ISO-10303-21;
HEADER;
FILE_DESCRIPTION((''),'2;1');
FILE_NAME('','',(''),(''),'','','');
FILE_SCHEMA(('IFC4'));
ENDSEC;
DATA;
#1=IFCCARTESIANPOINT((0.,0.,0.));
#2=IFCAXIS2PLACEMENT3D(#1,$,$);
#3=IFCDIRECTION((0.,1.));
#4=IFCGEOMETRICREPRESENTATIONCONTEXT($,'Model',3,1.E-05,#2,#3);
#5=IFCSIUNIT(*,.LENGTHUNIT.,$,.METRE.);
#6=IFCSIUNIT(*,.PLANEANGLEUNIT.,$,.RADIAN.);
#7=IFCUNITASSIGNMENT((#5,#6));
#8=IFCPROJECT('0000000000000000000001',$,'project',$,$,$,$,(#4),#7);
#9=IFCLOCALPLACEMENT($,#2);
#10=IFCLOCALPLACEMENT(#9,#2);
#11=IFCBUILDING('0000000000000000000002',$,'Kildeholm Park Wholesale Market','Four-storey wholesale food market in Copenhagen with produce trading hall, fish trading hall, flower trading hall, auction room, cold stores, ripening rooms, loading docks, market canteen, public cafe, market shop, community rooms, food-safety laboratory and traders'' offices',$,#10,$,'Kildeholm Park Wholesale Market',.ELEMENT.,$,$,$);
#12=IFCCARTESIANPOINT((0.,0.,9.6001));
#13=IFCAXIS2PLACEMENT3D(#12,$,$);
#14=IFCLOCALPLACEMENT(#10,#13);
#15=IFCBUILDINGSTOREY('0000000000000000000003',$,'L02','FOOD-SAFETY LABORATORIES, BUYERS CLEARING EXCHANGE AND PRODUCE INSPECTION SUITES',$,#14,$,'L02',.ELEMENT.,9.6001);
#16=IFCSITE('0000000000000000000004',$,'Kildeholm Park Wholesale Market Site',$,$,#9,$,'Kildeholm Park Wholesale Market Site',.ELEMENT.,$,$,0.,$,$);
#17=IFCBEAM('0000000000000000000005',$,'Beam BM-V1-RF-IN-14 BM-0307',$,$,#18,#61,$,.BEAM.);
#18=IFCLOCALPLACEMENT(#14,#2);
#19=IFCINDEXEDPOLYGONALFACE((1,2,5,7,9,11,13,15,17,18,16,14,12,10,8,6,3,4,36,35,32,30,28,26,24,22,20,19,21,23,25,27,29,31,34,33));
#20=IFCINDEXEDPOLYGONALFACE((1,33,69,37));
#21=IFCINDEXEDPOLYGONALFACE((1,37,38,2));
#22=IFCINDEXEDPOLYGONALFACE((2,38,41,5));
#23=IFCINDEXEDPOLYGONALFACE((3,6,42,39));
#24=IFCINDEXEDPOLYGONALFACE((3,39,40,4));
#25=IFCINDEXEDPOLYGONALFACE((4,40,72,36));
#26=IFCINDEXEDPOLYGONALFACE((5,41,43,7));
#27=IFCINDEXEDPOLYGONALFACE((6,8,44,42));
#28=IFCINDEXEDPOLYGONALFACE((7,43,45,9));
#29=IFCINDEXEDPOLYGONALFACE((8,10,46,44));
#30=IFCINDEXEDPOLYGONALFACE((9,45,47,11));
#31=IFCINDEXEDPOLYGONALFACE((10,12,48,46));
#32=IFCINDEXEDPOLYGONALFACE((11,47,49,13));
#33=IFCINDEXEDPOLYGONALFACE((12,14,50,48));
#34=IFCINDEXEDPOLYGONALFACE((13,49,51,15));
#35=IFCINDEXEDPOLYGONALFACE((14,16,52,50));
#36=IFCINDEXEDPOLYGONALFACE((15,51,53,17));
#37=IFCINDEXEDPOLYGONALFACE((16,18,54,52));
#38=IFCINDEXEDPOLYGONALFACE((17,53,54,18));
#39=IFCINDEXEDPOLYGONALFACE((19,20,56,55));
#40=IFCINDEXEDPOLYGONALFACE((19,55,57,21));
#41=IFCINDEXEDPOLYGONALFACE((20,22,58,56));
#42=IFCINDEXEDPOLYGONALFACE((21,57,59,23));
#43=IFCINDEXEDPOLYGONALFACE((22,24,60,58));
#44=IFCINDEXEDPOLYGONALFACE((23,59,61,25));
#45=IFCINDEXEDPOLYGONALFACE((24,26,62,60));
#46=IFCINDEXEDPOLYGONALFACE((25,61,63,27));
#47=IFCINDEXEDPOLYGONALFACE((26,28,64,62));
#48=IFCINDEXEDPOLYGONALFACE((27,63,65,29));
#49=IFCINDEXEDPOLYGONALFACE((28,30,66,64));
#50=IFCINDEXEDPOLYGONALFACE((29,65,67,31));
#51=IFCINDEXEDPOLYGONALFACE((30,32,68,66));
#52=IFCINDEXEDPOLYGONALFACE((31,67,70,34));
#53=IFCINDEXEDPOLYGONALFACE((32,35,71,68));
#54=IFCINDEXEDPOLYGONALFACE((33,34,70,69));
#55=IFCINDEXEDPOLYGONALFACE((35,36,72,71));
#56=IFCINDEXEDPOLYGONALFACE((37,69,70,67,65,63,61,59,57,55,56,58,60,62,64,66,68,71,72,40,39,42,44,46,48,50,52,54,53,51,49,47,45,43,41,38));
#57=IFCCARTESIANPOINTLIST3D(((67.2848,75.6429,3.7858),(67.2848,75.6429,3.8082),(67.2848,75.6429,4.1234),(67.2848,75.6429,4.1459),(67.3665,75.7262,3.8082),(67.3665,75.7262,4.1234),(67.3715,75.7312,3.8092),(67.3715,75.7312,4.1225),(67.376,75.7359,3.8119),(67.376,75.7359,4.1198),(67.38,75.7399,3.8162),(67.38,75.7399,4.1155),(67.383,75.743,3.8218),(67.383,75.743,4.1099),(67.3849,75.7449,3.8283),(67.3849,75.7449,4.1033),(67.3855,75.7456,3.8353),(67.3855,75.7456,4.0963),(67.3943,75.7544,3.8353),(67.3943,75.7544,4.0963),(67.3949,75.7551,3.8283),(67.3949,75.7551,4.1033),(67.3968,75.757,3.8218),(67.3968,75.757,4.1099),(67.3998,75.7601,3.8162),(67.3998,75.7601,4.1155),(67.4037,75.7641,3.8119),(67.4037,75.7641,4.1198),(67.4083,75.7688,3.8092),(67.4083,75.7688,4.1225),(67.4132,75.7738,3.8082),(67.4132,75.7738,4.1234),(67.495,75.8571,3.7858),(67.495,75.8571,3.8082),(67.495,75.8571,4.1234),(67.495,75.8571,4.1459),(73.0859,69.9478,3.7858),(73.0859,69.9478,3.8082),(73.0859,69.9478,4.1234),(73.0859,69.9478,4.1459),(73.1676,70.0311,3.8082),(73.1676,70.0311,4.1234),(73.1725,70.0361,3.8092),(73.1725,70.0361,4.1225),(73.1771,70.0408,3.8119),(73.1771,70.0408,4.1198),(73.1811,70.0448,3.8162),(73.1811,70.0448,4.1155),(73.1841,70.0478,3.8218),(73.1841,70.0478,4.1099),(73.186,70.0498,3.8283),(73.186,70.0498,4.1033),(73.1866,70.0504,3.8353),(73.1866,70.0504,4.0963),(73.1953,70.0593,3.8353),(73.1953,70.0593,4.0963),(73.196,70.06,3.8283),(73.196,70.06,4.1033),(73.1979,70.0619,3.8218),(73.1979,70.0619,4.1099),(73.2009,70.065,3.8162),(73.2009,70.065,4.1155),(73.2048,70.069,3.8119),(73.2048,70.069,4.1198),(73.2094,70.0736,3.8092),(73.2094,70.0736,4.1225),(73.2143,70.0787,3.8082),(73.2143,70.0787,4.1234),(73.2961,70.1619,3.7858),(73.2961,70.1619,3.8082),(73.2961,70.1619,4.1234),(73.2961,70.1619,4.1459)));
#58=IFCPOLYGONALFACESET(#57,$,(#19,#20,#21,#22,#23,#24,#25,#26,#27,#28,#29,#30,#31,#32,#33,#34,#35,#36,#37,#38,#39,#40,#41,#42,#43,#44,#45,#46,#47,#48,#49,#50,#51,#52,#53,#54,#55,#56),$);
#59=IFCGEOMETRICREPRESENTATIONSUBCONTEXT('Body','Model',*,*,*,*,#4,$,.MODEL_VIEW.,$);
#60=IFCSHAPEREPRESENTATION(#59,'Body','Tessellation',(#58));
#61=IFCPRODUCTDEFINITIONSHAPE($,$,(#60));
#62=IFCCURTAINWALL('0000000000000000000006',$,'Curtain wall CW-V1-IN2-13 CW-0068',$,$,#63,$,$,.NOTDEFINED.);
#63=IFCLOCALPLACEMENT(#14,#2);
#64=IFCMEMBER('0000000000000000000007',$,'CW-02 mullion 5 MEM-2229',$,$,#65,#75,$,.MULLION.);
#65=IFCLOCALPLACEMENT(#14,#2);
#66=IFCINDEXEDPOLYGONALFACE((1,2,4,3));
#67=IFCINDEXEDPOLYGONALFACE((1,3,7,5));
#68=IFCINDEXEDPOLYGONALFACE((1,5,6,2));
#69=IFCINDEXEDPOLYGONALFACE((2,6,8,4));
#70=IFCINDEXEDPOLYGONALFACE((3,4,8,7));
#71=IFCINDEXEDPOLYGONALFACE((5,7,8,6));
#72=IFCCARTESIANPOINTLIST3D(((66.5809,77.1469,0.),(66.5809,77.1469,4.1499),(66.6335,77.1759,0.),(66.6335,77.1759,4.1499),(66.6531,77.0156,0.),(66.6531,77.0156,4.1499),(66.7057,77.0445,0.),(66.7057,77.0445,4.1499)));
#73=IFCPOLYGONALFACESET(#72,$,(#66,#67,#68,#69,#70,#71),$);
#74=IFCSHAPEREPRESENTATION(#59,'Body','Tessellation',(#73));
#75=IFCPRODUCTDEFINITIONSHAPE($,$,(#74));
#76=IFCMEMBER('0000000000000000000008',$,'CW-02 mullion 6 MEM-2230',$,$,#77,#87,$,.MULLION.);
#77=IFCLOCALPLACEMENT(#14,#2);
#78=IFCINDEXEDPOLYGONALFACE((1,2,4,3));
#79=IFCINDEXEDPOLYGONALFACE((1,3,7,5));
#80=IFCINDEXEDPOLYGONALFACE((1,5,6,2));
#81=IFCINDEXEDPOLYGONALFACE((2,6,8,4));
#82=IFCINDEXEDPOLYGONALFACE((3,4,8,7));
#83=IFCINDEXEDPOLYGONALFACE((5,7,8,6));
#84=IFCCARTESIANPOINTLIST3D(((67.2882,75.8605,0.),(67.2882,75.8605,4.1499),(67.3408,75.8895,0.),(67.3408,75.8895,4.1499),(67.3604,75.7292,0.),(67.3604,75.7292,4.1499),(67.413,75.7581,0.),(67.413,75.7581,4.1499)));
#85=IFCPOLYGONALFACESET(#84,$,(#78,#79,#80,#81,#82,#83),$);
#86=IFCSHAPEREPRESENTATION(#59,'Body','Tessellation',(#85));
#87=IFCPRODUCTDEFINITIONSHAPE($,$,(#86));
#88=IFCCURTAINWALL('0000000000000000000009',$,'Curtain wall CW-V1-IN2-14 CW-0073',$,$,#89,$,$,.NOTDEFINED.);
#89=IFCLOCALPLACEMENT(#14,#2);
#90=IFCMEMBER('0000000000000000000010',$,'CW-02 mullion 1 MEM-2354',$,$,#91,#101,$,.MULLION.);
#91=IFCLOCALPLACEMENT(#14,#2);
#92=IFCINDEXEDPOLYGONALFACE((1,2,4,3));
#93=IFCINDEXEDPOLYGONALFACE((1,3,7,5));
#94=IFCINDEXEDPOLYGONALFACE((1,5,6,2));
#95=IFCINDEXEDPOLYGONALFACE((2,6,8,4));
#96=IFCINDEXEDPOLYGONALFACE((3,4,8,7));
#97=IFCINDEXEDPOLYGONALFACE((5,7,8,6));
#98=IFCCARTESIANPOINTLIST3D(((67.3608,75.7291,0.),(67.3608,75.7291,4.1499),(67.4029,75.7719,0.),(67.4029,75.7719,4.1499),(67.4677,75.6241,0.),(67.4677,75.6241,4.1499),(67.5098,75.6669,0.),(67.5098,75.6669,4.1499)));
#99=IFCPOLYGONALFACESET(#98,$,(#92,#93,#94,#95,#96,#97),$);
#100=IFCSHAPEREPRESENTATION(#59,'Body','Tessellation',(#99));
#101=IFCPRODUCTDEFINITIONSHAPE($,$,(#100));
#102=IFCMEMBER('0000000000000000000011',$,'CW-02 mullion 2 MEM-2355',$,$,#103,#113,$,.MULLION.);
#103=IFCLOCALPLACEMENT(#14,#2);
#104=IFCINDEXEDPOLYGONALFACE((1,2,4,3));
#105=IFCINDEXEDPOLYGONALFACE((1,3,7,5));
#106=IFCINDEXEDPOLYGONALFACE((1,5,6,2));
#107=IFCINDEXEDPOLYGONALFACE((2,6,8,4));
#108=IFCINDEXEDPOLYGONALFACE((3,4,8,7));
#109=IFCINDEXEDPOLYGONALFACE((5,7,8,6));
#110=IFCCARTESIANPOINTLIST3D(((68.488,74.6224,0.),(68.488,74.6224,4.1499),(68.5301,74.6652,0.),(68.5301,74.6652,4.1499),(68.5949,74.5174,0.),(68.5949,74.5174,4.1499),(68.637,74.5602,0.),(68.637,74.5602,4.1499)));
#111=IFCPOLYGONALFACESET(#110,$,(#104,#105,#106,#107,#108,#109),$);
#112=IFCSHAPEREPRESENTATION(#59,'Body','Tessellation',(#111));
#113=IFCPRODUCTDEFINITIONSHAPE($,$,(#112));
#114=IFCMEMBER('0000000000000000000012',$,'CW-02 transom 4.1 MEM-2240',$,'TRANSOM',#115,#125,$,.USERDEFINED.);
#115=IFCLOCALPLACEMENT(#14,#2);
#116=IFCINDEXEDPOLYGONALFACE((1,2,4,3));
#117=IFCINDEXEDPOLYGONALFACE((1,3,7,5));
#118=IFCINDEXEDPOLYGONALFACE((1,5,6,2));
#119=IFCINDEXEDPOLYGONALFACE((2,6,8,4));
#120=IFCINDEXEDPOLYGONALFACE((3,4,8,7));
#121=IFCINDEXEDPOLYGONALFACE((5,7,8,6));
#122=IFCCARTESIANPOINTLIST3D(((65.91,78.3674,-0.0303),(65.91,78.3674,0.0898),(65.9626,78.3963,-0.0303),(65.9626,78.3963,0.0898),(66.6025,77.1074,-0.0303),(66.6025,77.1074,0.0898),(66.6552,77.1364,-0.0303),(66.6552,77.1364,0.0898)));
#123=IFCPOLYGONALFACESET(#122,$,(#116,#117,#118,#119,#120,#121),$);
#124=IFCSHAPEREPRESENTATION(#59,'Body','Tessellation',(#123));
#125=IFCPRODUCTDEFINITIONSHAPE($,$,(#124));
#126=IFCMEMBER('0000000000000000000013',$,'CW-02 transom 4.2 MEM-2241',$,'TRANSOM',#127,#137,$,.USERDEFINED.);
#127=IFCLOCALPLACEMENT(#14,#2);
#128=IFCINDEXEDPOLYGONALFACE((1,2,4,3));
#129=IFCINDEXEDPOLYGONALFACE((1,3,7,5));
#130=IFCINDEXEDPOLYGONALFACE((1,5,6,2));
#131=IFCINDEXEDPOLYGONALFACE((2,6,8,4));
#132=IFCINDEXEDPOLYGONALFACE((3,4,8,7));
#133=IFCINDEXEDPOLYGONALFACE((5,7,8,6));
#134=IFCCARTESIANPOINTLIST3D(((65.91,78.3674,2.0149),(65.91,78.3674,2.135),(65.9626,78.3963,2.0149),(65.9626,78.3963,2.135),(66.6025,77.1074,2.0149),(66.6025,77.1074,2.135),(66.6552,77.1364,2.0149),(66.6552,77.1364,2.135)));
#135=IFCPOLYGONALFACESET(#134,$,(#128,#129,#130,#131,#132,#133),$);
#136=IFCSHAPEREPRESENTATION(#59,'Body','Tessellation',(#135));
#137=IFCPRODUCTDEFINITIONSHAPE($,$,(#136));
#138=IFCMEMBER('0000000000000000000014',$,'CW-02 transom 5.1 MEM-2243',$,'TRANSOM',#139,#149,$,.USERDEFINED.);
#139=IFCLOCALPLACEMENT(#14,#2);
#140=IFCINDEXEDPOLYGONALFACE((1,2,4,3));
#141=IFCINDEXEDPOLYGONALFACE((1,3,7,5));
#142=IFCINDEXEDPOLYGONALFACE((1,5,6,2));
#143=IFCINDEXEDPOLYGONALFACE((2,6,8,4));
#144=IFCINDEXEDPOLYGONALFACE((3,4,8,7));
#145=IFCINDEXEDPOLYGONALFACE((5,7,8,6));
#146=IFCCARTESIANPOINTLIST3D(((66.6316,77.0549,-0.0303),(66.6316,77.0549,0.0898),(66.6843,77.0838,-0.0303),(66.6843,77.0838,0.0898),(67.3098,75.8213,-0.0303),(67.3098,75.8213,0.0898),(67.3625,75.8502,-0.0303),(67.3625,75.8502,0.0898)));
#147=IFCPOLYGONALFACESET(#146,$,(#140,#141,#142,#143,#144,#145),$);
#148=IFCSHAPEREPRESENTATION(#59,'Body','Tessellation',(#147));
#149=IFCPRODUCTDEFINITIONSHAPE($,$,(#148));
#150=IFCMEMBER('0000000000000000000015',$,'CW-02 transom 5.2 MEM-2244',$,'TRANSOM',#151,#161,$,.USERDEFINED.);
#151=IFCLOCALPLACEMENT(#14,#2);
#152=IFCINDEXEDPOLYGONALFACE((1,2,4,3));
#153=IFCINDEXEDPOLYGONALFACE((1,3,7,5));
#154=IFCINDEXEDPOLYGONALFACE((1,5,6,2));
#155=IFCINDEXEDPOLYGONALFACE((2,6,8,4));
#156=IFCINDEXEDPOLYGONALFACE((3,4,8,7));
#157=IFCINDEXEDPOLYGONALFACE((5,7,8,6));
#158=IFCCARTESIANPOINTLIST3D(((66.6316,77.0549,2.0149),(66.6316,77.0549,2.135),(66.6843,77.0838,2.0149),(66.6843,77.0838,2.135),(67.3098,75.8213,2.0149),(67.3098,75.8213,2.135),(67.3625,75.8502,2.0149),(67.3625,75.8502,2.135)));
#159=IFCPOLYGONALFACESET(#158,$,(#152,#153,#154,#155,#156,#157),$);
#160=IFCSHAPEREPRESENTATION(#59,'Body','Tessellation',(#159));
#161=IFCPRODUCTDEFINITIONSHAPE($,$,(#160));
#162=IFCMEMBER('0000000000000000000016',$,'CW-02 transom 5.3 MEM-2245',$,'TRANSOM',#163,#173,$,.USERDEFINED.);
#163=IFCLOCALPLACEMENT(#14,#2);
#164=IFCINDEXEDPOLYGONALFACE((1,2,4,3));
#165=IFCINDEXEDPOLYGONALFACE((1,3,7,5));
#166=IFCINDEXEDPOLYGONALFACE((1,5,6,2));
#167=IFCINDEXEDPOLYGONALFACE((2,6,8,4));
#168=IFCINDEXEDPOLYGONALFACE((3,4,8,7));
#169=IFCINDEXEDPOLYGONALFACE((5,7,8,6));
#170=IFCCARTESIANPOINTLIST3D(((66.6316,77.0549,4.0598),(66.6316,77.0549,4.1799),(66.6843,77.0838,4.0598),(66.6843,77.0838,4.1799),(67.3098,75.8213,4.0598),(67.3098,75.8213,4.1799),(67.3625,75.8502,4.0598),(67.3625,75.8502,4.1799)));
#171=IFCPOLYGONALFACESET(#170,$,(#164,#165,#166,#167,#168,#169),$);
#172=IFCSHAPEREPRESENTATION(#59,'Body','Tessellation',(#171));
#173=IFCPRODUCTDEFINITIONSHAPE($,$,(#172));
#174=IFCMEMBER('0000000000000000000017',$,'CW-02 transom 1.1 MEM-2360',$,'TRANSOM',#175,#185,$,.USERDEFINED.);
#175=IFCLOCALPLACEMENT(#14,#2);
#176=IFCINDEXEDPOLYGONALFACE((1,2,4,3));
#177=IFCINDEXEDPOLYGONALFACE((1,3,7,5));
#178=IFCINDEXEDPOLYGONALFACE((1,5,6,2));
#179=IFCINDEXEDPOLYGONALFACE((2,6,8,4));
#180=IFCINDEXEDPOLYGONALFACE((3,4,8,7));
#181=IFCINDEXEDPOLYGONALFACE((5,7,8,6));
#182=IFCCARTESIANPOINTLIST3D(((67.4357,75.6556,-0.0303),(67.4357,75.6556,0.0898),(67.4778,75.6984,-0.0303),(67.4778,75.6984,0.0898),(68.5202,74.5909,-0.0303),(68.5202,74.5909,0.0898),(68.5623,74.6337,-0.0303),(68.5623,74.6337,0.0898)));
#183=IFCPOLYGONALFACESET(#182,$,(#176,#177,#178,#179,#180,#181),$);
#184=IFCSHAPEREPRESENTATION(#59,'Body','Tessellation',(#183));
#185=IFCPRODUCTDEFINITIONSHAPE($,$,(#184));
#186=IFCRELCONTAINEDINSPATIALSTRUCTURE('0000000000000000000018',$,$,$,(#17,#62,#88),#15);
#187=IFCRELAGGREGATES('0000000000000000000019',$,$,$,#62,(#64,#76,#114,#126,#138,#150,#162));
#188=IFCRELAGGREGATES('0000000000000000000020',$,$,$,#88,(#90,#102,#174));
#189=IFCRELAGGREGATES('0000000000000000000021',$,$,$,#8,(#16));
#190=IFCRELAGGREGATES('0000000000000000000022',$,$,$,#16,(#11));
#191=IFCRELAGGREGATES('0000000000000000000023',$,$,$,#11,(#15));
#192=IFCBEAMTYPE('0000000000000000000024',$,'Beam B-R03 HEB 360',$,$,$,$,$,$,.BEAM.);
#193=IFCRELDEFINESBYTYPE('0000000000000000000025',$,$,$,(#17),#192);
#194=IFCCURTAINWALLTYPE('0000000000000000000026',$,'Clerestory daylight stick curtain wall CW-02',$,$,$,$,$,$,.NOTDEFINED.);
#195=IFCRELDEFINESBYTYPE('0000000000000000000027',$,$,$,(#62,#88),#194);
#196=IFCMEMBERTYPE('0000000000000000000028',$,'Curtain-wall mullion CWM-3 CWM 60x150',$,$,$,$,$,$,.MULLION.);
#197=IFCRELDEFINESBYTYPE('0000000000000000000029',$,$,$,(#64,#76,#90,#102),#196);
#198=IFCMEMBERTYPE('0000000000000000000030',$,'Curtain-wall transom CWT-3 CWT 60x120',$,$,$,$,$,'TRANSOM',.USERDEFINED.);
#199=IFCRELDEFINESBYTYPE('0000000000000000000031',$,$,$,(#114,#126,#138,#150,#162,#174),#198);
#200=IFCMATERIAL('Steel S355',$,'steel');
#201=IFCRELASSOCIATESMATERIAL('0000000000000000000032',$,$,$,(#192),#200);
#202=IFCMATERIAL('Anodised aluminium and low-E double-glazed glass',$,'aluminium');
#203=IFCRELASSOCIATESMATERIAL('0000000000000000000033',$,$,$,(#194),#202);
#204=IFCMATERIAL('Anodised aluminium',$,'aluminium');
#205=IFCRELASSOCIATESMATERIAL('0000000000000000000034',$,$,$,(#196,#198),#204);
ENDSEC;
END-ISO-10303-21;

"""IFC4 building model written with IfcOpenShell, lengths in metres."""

from ifc_helpers import new_model, si_unit, direction, frame, origin, origin_2d, place, context, subcontext, project, spatial, rectangle, i_section, extrude, material, material_profile, profile_set, type_object, element, aggregate, save


model = new_model("IFC4")

# Units and contexts
model_context = context("Model", 3, precision=1e-05, world=origin(), true_north=direction((0.0, 1.0)))
body_context = subcontext(model_context, "Body", "Model", "MODEL_VIEW")
ifc_project = project(units=[si_unit("LENGTHUNIT", "METRE"), si_unit("PLANEANGLEUNIT", "RADIAN")], contexts=[model_context])

# Site, building, storey
site_placement = place(None, origin())
site = spatial("IfcSite", under=ifc_project, at=site_placement, Name="Kildeholm Park Wholesale Market Site", LongName="Kildeholm Park Wholesale Market Site", CompositionType="ELEMENT", RefElevation=0.0)
building_placement = place(site_placement, origin())
building = spatial("IfcBuilding", under=site, at=building_placement, Name="Kildeholm Park Wholesale Market", Description="Four-storey wholesale food market in Copenhagen with produce trading hall, fish trading hall, flower trading hall, auction room, cold stores, ripening rooms, loading docks, market canteen, public cafe, market shop, community rooms, food-safety laboratory and traders' offices", LongName="Kildeholm Park Wholesale Market", CompositionType="ELEMENT")
storey_placement = place(building_placement, frame((0.0, 0.0, 9.6001)))
storey = spatial("IfcBuildingStorey", under=building, at=storey_placement, Name="L02", Description="FOOD-SAFETY LABORATORIES, BUYERS CLEARING EXCHANGE AND PRODUCE INSPECTION SUITES", LongName="L02", CompositionType="ELEMENT", Elevation=9.6001)

# Shared definitions
ifc_material_1 = material(Name="Steel S355", Category="steel")

# Beam
ifc_material_profile_1 = material_profile(ifc_material_1, i_section(OverallWidth=0.3, OverallDepth=0.3601, WebThickness=0.0125, FlangeThickness=0.0225, FilletRadius=0.0271, at=origin_2d()), Name="HEB 360")
ifc_profile_set_1 = profile_set([ifc_material_profile_1], Name="Steel S355")
beam_type_1 = type_object("IfcBeamType", Name="Beam B-R03 HEB 360", PredefinedType="BEAM", material=ifc_profile_set_1)
beam_1_placement = place(storey_placement, frame((67.3899, 75.75, 3.9658), z_axis=(0.713594, -0.70056, 0.0), x_axis=(0.70056, 0.713594, 0.0)))
element("IfcBeam", 1, at=beam_1_placement, inside=storey, type_object=beam_type_1, Name="Beam BM-V1-RF-IN-14 BM-0307", PredefinedType="BEAM", context=body_context, shape_type="SweptSolid", body=[
    extrude(i_section(OverallWidth=0.3, OverallDepth=0.3601, WebThickness=0.0125, FlangeThickness=0.0225, FilletRadius=0.0271, at=origin_2d()), origin(), (0.0, 0.0, 1.0), 8.1294),
])

# Curtain walls, members
ifc_material_2 = material(Name="Anodised aluminium and low-E double-glazed glass", Category="aluminium")
curtain_wall_type = type_object("IfcCurtainWallType", Name="Clerestory daylight stick curtain wall CW-02", PredefinedType="NOTDEFINED", material=ifc_material_2)
curtain_wall_1_placement = place(storey_placement, origin())
curtain_wall_1 = element("IfcCurtainWall", 2, at=curtain_wall_1_placement, inside=storey, type_object=curtain_wall_type, Name="Curtain wall CW-V1-IN2-13 CW-0068", PredefinedType="NOTDEFINED")
ifc_material_3 = material(Name="Anodised aluminium", Category="aluminium")
ifc_material_profile_2 = material_profile(ifc_material_3, rectangle(XDim=0.0601, YDim=0.1499, at=origin_2d()), Name="CWM 60x150")
ifc_profile_set_2 = profile_set([ifc_material_profile_2], Name="Anodised aluminium")
member_type_1 = type_object("IfcMemberType", Name="Curtain-wall mullion CWM-3 CWM 60x150", PredefinedType="MULLION", material=ifc_profile_set_2)
member_1_placement = place(storey_placement, frame((66.6433, 77.0957, 0.0), z_axis=(0.0, 0.0, 1.0), x_axis=(0.876309, 0.48175, 0.0)))
member_1 = element("IfcMember", 3, at=member_1_placement, type_object=member_type_1, Name="CW-02 mullion 5 MEM-2229", PredefinedType="MULLION", context=body_context, shape_type="SweptSolid", body=[
    extrude(rectangle(XDim=0.0601, YDim=0.1499, at=origin_2d()), origin(), (0.0, 0.0, 1.0), 4.1499),
])
member_2_placement = place(storey_placement, frame((67.3506, 75.8093, 0.0), z_axis=(0.0, 0.0, 1.0), x_axis=(0.876309, 0.48175, 0.0)))
member_2 = element("IfcMember", 4, at=member_2_placement, type_object=member_type_1, Name="CW-02 mullion 6 MEM-2230", PredefinedType="MULLION", context=body_context, shape_type="SweptSolid", body=[
    extrude(rectangle(XDim=0.0601, YDim=0.1499, at=origin_2d()), origin(), (0.0, 0.0, 1.0), 4.1499),
])
curtain_wall_2_placement = place(storey_placement, origin())
curtain_wall_2 = element("IfcCurtainWall", 5, at=curtain_wall_2_placement, inside=storey, type_object=curtain_wall_type, Name="Curtain wall CW-V1-IN2-14 CW-0073", PredefinedType="NOTDEFINED")
member_3_placement = place(storey_placement, frame((67.4353, 75.698, 0.0), z_axis=(0.0, 0.0, 1.0), x_axis=(0.700617, 0.713538, 0.0)))
member_3 = element("IfcMember", 6, at=member_3_placement, type_object=member_type_1, Name="CW-02 mullion 1 MEM-2354", PredefinedType="MULLION", context=body_context, shape_type="SweptSolid", body=[
    extrude(rectangle(XDim=0.0601, YDim=0.1499, at=origin_2d()), origin(), (0.0, 0.0, 1.0), 4.1499),
])
member_4_placement = place(storey_placement, frame((68.5625, 74.5913, 0.0), z_axis=(0.0, 0.0, 1.0), x_axis=(0.700617, 0.713538, 0.0)))
member_4 = element("IfcMember", 7, at=member_4_placement, type_object=member_type_1, Name="CW-02 mullion 2 MEM-2355", PredefinedType="MULLION", context=body_context, shape_type="SweptSolid", body=[
    extrude(rectangle(XDim=0.0601, YDim=0.1499, at=origin_2d()), origin(), (0.0, 0.0, 1.0), 4.1499),
])

# Members
ifc_material_profile_3 = material_profile(ifc_material_3, rectangle(XDim=0.0601, YDim=0.1201, at=origin_2d()), Name="CWT 60x120")
ifc_profile_set_3 = profile_set([ifc_material_profile_3], Name="Anodised aluminium")
member_type_2 = type_object("IfcMemberType", Name="Curtain-wall transom CWT-3 CWT 60x120", ElementType="TRANSOM", PredefinedType="USERDEFINED", material=ifc_profile_set_3)
member_5_placement = place(storey_placement, frame((65.9363, 78.3818, 0.0298), z_axis=(0.481717, -0.876327, 0.0), x_axis=(0.876327, 0.481717, 0.0)))
member_5 = element("IfcMember", 8, at=member_5_placement, type_object=member_type_2, Name="CW-02 transom 4.1 MEM-2240", ObjectType="TRANSOM", PredefinedType="USERDEFINED", context=body_context, shape_type="SweptSolid", body=[
    extrude(rectangle(XDim=0.0601, YDim=0.1201, at=origin_2d()), origin(), (0.0, 0.0, 1.0), 1.4377),
])
member_6_placement = place(storey_placement, frame((65.9363, 78.3818, 2.075), z_axis=(0.481717, -0.876327, 0.0), x_axis=(0.876327, 0.481717, 0.0)))
member_6 = element("IfcMember", 9, at=member_6_placement, type_object=member_type_2, Name="CW-02 transom 4.2 MEM-2241", ObjectType="TRANSOM", PredefinedType="USERDEFINED", context=body_context, shape_type="SweptSolid", body=[
    extrude(rectangle(XDim=0.0601, YDim=0.1201, at=origin_2d()), origin(), (0.0, 0.0, 1.0), 1.4377),
])
member_7_placement = place(storey_placement, frame((66.658, 77.0693, 0.0298), z_axis=(0.481766, -0.8763, 0.0), x_axis=(0.8763, 0.481766, 0.0)))
member_7 = element("IfcMember", 10, at=member_7_placement, type_object=member_type_2, Name="CW-02 transom 5.1 MEM-2243", ObjectType="TRANSOM", PredefinedType="USERDEFINED", context=body_context, shape_type="SweptSolid", body=[
    extrude(rectangle(XDim=0.0601, YDim=0.1201, at=origin_2d()), origin(), (0.0, 0.0, 1.0), 1.4077),
])
member_8_placement = place(storey_placement, frame((66.658, 77.0693, 2.075), z_axis=(0.481766, -0.8763, 0.0), x_axis=(0.8763, 0.481766, 0.0)))
member_8 = element("IfcMember", 11, at=member_8_placement, type_object=member_type_2, Name="CW-02 transom 5.2 MEM-2244", ObjectType="TRANSOM", PredefinedType="USERDEFINED", context=body_context, shape_type="SweptSolid", body=[
    extrude(rectangle(XDim=0.0601, YDim=0.1201, at=origin_2d()), origin(), (0.0, 0.0, 1.0), 1.4077),
])
member_9_placement = place(storey_placement, frame((66.658, 77.0693, 4.1199), z_axis=(0.481766, -0.8763, 0.0), x_axis=(0.8763, 0.481766, 0.0)))
member_9 = element("IfcMember", 12, at=member_9_placement, type_object=member_type_2, Name="CW-02 transom 5.3 MEM-2245", ObjectType="TRANSOM", PredefinedType="USERDEFINED", context=body_context, shape_type="SweptSolid", body=[
    extrude(rectangle(XDim=0.0601, YDim=0.1201, at=origin_2d()), origin(), (0.0, 0.0, 1.0), 1.4077),
])
member_10_placement = place(storey_placement, frame((67.4568, 75.677, 0.0298), z_axis=(0.713583, -0.700571, 0.0), x_axis=(0.700571, 0.713583, 0.0)))
member_10 = element("IfcMember", 13, at=member_10_placement, type_object=member_type_2, Name="CW-02 transom 1.1 MEM-2360", ObjectType="TRANSOM", PredefinedType="USERDEFINED", context=body_context, shape_type="SweptSolid", body=[
    extrude(rectangle(XDim=0.0601, YDim=0.1201, at=origin_2d()), origin(), (0.0, 0.0, 1.0), 1.5198),
])

aggregate(curtain_wall_1, [member_1, member_2, member_5, member_6, member_7, member_8, member_9])
aggregate(curtain_wall_2, [member_3, member_4, member_10])

save(model, "model.ifc")
